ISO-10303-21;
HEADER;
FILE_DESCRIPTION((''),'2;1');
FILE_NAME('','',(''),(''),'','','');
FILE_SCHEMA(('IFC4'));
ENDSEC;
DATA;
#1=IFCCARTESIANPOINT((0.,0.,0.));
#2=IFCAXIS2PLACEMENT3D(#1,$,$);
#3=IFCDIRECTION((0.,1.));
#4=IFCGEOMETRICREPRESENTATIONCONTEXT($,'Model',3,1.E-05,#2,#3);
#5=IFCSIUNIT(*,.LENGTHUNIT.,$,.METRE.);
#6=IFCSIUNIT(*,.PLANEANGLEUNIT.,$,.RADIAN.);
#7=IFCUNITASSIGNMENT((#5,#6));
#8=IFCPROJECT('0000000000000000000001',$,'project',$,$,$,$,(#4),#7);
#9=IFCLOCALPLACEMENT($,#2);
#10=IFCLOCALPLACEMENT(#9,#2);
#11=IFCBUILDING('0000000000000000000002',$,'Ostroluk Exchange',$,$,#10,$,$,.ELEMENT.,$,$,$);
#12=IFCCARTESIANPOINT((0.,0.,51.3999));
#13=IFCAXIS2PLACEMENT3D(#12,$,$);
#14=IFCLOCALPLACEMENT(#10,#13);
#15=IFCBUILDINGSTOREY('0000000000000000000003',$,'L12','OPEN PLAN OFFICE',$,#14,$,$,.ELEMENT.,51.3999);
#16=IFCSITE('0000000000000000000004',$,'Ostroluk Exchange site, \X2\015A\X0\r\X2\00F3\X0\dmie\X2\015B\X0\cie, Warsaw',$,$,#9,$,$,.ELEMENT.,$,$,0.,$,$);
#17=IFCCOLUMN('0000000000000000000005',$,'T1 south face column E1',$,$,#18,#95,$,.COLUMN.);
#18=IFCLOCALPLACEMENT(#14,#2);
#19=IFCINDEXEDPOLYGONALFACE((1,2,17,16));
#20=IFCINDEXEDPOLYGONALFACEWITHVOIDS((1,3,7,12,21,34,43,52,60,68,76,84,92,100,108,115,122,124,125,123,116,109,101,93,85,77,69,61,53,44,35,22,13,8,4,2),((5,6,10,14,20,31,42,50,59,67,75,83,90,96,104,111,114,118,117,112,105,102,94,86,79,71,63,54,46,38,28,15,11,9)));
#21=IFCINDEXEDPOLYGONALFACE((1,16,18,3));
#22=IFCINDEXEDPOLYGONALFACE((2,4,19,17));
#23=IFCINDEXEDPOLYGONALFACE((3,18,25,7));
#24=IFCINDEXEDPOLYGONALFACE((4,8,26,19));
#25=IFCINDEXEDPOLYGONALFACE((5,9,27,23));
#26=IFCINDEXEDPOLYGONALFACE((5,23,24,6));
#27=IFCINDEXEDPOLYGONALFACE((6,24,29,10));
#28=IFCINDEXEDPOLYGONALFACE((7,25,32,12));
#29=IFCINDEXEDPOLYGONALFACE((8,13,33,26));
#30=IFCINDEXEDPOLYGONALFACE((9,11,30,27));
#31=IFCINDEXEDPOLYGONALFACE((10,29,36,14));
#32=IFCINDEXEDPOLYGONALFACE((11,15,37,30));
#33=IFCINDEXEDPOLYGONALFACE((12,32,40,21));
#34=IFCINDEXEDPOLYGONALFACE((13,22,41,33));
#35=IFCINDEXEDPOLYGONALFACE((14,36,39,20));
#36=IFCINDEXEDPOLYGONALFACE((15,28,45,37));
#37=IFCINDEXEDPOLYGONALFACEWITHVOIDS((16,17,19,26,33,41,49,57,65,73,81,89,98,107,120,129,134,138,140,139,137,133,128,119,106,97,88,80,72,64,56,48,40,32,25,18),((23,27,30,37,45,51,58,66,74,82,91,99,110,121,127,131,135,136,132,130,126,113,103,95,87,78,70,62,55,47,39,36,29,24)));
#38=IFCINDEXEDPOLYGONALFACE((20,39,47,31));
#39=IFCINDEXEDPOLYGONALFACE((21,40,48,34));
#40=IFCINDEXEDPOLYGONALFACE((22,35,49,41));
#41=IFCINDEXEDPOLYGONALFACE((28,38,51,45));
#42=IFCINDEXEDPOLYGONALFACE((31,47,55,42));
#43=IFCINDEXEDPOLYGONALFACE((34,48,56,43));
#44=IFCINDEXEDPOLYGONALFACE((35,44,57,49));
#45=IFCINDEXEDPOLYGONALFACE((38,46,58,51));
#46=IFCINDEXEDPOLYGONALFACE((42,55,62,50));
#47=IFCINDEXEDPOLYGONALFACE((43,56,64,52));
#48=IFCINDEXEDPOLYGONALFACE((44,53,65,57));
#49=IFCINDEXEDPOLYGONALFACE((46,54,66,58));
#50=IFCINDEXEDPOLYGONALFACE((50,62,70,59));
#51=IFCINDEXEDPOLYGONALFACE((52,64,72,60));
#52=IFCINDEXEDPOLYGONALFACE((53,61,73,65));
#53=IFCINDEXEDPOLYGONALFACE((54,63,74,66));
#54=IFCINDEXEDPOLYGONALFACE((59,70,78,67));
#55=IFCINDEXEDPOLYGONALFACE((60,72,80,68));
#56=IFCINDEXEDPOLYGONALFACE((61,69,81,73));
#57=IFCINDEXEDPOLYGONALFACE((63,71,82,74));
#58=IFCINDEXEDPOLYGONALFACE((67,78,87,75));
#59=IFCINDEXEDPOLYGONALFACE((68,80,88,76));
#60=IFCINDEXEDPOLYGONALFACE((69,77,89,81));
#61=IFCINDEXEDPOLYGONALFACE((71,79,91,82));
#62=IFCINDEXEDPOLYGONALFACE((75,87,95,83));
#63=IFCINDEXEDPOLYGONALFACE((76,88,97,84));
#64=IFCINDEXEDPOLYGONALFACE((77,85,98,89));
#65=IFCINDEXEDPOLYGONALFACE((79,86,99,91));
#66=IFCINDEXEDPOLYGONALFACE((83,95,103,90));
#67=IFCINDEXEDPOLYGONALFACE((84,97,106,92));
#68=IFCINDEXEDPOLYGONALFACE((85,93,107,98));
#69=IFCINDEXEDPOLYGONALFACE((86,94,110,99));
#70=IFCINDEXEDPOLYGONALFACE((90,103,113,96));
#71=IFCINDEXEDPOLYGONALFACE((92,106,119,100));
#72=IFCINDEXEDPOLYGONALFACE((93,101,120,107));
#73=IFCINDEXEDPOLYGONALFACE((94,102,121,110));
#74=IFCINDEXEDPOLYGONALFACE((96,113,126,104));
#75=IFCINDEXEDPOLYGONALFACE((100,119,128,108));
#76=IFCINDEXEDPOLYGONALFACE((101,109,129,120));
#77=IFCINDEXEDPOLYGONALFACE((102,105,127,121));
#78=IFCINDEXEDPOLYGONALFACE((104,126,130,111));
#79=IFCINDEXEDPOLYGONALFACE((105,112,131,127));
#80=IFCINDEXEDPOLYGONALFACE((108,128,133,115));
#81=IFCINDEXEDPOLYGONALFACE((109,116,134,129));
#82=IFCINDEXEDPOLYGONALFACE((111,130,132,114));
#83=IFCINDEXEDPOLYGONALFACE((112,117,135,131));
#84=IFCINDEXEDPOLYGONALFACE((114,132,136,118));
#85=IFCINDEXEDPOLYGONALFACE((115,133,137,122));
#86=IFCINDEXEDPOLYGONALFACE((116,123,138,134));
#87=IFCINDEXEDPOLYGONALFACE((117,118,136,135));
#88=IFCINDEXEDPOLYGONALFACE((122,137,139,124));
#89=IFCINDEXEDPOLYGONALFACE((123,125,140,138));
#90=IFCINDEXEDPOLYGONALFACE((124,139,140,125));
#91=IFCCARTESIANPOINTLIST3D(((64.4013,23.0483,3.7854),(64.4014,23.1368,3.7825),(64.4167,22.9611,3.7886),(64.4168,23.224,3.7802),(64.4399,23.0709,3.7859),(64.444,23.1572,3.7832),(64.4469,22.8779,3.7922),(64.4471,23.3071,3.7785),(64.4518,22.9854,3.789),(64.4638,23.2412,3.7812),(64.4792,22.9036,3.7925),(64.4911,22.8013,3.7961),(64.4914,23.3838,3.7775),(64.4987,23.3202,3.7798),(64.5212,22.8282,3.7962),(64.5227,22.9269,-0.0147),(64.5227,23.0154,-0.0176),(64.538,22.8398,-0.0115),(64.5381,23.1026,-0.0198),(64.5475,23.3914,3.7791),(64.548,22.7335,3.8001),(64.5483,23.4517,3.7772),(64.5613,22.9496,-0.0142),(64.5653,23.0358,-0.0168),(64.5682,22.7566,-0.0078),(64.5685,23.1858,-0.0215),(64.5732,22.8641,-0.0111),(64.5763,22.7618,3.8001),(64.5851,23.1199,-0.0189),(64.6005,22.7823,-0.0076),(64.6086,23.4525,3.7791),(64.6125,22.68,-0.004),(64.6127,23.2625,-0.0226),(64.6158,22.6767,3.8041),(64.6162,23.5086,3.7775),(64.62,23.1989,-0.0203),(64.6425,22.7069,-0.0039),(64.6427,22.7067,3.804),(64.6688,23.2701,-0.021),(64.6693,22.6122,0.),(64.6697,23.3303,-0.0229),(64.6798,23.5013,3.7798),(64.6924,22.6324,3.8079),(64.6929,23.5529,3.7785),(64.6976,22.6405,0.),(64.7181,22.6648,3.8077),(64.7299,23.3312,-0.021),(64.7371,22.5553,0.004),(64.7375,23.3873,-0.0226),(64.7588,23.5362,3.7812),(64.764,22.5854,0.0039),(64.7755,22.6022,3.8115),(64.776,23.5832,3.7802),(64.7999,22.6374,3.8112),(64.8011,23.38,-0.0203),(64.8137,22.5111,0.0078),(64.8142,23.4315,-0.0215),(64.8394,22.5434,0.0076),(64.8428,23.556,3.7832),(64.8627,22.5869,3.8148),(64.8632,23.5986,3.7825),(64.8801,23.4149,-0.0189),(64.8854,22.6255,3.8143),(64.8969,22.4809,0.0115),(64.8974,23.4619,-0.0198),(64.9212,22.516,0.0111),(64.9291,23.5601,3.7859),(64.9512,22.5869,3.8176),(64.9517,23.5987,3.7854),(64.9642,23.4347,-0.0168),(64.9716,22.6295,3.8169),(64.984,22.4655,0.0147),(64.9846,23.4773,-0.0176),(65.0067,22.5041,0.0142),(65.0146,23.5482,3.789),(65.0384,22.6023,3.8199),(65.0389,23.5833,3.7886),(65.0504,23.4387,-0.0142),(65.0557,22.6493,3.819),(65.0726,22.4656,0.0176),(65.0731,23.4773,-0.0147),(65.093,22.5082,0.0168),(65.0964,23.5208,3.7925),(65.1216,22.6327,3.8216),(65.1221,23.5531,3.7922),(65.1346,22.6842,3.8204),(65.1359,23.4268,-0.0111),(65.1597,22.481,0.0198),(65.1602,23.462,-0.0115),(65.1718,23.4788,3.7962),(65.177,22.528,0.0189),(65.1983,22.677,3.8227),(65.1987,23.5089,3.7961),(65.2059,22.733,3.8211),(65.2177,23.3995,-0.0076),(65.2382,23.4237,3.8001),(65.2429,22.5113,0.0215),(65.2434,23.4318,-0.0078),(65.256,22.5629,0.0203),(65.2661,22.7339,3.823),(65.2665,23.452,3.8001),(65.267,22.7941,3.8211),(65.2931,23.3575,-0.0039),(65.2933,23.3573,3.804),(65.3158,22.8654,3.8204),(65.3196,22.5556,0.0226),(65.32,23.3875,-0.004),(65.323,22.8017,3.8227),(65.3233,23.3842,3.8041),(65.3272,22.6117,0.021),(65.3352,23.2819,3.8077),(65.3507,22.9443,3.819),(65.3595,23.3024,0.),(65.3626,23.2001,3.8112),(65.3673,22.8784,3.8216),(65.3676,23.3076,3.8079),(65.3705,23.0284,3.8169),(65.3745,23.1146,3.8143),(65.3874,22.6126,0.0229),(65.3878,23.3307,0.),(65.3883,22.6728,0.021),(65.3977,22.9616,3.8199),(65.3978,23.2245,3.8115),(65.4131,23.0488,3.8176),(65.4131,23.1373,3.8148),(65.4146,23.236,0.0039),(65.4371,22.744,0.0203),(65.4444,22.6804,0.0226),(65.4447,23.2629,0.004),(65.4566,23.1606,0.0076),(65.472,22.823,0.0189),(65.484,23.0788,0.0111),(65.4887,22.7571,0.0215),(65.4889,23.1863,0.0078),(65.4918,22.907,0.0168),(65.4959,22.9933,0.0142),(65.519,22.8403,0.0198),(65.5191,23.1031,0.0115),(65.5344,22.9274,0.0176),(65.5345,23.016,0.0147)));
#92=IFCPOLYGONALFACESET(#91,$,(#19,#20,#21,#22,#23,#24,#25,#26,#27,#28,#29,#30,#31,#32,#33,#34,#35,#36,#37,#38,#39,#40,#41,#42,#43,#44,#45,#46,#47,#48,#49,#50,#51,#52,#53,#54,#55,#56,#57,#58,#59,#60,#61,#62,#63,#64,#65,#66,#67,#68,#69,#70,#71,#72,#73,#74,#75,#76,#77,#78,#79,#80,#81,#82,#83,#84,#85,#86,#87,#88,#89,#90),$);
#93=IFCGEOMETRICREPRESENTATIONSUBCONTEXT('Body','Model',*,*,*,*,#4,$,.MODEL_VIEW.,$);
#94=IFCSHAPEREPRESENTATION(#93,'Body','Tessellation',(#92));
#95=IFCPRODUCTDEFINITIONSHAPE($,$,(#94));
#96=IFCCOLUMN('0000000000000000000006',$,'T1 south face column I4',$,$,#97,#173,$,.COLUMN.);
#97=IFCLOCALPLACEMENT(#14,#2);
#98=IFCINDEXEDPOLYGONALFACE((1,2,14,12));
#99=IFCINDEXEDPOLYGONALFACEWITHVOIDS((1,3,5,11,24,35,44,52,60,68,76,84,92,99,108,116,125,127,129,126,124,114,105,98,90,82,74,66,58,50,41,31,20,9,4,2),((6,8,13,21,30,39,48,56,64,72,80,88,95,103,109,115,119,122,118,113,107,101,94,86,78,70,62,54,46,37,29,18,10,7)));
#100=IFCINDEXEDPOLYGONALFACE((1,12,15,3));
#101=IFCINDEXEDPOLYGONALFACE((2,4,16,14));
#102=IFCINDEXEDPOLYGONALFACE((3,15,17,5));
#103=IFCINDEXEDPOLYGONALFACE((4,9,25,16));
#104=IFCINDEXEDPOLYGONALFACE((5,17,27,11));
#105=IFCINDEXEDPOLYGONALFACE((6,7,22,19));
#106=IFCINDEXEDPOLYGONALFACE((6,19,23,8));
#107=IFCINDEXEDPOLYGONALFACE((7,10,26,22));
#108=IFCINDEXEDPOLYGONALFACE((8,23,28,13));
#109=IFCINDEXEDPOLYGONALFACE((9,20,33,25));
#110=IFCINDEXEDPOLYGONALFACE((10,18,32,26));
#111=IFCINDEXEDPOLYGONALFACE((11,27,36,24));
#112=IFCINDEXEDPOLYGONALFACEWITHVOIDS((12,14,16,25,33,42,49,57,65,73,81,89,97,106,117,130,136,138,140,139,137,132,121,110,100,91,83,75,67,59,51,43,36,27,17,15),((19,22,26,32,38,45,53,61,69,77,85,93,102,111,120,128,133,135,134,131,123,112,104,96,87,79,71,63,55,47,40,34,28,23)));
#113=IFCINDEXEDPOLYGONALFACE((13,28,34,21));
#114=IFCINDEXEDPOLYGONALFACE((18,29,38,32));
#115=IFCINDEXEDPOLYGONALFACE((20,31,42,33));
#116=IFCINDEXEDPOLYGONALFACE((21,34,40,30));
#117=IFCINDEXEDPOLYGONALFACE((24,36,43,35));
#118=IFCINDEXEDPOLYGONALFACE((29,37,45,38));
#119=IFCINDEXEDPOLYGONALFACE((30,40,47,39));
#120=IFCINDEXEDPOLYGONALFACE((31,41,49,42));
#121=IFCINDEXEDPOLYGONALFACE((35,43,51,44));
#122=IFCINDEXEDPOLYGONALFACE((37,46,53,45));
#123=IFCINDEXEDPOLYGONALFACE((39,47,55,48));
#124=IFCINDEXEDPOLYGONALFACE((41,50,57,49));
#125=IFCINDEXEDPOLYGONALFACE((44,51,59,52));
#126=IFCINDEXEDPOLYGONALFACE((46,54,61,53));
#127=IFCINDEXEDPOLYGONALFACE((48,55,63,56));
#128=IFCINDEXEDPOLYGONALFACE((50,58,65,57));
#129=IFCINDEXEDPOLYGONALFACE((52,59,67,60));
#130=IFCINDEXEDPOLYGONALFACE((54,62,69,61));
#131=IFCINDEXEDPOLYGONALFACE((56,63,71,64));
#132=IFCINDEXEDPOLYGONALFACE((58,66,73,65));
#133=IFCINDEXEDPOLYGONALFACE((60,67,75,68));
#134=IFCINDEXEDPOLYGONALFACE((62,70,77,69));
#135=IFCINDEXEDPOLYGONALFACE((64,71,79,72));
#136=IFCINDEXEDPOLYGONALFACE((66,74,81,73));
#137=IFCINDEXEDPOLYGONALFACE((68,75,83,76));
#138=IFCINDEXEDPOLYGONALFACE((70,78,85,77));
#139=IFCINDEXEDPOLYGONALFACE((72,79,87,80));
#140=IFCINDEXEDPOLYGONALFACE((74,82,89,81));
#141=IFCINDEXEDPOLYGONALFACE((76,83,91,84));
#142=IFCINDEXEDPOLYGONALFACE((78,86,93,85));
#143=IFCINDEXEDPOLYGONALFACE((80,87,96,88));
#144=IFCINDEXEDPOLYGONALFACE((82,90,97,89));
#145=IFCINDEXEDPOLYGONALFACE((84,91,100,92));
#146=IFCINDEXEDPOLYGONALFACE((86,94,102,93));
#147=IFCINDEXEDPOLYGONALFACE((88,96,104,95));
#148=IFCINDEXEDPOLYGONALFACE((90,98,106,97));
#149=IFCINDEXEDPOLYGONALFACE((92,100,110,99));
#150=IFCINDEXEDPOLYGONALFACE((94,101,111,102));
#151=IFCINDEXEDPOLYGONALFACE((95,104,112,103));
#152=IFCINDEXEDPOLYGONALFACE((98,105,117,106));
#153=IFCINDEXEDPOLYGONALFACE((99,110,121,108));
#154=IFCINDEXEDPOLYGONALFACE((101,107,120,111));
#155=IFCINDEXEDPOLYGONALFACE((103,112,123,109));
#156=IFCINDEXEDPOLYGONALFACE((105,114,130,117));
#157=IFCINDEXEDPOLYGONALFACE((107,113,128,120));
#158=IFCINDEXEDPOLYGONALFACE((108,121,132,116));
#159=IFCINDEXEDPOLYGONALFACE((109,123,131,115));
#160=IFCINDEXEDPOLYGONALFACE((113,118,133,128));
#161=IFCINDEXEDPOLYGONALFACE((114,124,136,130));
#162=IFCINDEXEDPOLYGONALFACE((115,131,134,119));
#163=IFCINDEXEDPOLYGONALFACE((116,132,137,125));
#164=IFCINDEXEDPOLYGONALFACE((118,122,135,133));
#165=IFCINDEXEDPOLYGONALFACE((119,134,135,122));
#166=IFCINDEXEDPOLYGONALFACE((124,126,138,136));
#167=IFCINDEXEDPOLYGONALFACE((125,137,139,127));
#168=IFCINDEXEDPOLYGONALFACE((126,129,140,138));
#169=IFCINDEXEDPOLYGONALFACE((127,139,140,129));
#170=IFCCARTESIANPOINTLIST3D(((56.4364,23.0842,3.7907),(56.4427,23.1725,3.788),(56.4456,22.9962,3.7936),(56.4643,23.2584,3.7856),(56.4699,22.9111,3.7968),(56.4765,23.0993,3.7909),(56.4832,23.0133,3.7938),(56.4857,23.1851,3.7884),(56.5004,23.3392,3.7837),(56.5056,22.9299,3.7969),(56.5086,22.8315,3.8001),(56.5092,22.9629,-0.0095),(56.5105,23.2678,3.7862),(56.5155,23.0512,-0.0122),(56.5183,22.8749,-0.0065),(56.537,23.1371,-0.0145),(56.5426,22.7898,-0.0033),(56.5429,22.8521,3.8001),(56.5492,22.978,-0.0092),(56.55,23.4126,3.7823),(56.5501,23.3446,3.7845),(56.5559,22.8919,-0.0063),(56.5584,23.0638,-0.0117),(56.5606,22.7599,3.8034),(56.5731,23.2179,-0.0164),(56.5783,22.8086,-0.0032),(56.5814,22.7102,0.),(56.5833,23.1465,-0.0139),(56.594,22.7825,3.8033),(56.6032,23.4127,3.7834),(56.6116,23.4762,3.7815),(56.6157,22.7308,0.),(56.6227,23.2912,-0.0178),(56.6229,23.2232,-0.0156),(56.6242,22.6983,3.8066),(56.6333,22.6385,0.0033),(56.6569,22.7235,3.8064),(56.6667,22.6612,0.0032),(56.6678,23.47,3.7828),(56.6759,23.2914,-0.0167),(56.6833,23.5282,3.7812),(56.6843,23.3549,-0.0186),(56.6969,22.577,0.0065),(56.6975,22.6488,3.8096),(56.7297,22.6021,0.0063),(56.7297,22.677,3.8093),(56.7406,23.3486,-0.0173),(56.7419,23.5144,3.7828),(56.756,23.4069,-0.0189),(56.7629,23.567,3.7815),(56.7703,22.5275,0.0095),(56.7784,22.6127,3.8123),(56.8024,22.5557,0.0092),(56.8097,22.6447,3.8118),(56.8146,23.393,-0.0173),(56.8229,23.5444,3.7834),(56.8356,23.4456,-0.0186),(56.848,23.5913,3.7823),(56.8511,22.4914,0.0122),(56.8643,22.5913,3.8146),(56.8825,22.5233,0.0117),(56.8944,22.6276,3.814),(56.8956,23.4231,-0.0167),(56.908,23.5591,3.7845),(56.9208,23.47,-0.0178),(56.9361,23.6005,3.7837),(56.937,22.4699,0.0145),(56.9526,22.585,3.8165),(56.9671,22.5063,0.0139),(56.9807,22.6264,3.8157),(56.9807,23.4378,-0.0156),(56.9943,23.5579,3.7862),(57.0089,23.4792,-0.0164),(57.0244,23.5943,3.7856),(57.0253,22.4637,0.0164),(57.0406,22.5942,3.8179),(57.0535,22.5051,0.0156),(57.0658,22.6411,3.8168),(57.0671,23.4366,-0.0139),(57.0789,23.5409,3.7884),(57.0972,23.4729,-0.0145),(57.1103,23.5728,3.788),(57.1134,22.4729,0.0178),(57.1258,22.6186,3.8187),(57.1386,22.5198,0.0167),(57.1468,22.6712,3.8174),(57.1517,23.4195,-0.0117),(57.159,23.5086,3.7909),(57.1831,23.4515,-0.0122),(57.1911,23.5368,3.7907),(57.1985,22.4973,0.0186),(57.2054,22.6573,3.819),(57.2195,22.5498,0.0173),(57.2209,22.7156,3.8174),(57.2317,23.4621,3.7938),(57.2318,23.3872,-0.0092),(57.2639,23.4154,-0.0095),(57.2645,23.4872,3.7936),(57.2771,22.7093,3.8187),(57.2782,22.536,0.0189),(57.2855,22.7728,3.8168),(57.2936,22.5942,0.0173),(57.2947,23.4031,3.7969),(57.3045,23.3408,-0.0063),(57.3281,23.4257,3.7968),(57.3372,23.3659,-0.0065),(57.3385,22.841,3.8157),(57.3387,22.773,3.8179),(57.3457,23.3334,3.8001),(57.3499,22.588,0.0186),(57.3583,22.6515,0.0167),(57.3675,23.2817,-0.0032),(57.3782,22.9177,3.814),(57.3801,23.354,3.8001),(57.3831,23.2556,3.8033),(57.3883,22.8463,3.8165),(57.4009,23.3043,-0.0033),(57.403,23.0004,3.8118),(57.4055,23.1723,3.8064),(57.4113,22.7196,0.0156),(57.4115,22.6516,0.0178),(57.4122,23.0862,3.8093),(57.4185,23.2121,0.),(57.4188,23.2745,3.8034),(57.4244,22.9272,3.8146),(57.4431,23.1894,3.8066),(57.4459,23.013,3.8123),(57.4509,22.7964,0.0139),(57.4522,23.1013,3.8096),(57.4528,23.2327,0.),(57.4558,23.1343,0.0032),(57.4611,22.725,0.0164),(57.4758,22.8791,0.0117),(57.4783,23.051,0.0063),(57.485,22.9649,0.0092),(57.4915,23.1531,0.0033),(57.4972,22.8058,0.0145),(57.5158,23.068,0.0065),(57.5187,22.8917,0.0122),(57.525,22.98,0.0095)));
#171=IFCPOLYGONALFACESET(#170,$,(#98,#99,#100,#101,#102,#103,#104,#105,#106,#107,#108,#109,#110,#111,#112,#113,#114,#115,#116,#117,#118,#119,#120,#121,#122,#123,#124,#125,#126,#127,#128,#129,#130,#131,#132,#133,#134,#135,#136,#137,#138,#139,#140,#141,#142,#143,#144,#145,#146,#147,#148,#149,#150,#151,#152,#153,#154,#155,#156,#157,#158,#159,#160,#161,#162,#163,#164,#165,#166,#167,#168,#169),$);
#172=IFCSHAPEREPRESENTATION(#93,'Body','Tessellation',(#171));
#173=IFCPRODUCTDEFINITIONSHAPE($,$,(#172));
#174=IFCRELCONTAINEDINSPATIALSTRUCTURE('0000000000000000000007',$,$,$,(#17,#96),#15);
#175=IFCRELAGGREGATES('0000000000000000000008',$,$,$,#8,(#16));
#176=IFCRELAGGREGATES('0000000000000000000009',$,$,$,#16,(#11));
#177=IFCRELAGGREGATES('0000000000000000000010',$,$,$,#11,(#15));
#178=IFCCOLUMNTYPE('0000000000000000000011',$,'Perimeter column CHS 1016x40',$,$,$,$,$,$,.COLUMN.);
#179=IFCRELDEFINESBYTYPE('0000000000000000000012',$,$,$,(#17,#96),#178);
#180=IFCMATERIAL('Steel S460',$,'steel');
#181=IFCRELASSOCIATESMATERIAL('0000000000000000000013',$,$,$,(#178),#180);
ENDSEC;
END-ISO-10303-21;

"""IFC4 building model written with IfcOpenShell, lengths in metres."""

from ifc_helpers import new_model, si_unit, direction, frame, origin, origin_2d, place, context, subcontext, project, spatial, hollow_circle, extrude, material, material_profile, profile_set, type_object, element, save


model = new_model("IFC4")

# Units and contexts
model_context = context("Model", 3, precision=1e-05, world=origin(), true_north=direction((0.0, 1.0)))
body_context = subcontext(model_context, "Body", "Model", "MODEL_VIEW")
ifc_project = project(units=[si_unit("LENGTHUNIT", "METRE"), si_unit("PLANEANGLEUNIT", "RADIAN")], contexts=[model_context])

# Site, building, storey
site_placement = place(None, origin())
site = spatial("IfcSite", under=ifc_project, at=site_placement, Name="Ostroluk Exchange site, Śródmieście, Warsaw", CompositionType="ELEMENT", RefElevation=0.0)
building_placement = place(site_placement, origin())
building = spatial("IfcBuilding", under=site, at=building_placement, Name="Ostroluk Exchange", CompositionType="ELEMENT")
storey_placement = place(building_placement, frame((0.0, 0.0, 51.3999)))
storey = spatial("IfcBuildingStorey", under=building, at=storey_placement, Name="L12", Description="OPEN PLAN OFFICE", CompositionType="ELEMENT", Elevation=51.3999)

# Columns
ifc_material_1 = material(Name="Steel S460", Category="steel")
ifc_material_profile_1 = material_profile(ifc_material_1, hollow_circle(Radius=0.5081, WallThickness=0.04, at=origin_2d()), Name="CHS 1016x40")
ifc_profile_set_1 = profile_set([ifc_material_profile_1], Name="Steel S460")
column_type = type_object("IfcColumnType", Name="Perimeter column CHS 1016x40", PredefinedType="COLUMN", material=ifc_profile_set_1)
column_1_placement = place(storey_placement, frame((65.0286, 22.9714, 0.0), z_axis=(-0.031898, 0.031898, 0.998982), x_axis=(-0.707107, -0.707107, 0.0)))
element("IfcColumn", 1, at=column_1_placement, inside=storey, type_object=column_type, Name="T1 south face column E1", PredefinedType="COLUMN", context=body_context, shape_type="SweptSolid", body=[
    extrude(hollow_circle(Radius=0.5081, WallThickness=0.04, at=origin_2d()), origin(), (0.0, 0.0, 1.0), 3.804),
])
column_2_placement = place(storey_placement, frame((57.0171, 22.9714, 0.0), z_axis=(-0.019132, 0.031909, 0.999308), x_axis=(-0.857645, -0.514242, 0.0)))
element("IfcColumn", 2, at=column_2_placement, inside=storey, type_object=column_type, Name="T1 south face column I4", PredefinedType="COLUMN", context=body_context, shape_type="SweptSolid", body=[
    extrude(hollow_circle(Radius=0.5081, WallThickness=0.04, at=origin_2d()), origin(), (0.0, 0.0, 1.0), 3.8027),
])

save(model, "model.ifc")
